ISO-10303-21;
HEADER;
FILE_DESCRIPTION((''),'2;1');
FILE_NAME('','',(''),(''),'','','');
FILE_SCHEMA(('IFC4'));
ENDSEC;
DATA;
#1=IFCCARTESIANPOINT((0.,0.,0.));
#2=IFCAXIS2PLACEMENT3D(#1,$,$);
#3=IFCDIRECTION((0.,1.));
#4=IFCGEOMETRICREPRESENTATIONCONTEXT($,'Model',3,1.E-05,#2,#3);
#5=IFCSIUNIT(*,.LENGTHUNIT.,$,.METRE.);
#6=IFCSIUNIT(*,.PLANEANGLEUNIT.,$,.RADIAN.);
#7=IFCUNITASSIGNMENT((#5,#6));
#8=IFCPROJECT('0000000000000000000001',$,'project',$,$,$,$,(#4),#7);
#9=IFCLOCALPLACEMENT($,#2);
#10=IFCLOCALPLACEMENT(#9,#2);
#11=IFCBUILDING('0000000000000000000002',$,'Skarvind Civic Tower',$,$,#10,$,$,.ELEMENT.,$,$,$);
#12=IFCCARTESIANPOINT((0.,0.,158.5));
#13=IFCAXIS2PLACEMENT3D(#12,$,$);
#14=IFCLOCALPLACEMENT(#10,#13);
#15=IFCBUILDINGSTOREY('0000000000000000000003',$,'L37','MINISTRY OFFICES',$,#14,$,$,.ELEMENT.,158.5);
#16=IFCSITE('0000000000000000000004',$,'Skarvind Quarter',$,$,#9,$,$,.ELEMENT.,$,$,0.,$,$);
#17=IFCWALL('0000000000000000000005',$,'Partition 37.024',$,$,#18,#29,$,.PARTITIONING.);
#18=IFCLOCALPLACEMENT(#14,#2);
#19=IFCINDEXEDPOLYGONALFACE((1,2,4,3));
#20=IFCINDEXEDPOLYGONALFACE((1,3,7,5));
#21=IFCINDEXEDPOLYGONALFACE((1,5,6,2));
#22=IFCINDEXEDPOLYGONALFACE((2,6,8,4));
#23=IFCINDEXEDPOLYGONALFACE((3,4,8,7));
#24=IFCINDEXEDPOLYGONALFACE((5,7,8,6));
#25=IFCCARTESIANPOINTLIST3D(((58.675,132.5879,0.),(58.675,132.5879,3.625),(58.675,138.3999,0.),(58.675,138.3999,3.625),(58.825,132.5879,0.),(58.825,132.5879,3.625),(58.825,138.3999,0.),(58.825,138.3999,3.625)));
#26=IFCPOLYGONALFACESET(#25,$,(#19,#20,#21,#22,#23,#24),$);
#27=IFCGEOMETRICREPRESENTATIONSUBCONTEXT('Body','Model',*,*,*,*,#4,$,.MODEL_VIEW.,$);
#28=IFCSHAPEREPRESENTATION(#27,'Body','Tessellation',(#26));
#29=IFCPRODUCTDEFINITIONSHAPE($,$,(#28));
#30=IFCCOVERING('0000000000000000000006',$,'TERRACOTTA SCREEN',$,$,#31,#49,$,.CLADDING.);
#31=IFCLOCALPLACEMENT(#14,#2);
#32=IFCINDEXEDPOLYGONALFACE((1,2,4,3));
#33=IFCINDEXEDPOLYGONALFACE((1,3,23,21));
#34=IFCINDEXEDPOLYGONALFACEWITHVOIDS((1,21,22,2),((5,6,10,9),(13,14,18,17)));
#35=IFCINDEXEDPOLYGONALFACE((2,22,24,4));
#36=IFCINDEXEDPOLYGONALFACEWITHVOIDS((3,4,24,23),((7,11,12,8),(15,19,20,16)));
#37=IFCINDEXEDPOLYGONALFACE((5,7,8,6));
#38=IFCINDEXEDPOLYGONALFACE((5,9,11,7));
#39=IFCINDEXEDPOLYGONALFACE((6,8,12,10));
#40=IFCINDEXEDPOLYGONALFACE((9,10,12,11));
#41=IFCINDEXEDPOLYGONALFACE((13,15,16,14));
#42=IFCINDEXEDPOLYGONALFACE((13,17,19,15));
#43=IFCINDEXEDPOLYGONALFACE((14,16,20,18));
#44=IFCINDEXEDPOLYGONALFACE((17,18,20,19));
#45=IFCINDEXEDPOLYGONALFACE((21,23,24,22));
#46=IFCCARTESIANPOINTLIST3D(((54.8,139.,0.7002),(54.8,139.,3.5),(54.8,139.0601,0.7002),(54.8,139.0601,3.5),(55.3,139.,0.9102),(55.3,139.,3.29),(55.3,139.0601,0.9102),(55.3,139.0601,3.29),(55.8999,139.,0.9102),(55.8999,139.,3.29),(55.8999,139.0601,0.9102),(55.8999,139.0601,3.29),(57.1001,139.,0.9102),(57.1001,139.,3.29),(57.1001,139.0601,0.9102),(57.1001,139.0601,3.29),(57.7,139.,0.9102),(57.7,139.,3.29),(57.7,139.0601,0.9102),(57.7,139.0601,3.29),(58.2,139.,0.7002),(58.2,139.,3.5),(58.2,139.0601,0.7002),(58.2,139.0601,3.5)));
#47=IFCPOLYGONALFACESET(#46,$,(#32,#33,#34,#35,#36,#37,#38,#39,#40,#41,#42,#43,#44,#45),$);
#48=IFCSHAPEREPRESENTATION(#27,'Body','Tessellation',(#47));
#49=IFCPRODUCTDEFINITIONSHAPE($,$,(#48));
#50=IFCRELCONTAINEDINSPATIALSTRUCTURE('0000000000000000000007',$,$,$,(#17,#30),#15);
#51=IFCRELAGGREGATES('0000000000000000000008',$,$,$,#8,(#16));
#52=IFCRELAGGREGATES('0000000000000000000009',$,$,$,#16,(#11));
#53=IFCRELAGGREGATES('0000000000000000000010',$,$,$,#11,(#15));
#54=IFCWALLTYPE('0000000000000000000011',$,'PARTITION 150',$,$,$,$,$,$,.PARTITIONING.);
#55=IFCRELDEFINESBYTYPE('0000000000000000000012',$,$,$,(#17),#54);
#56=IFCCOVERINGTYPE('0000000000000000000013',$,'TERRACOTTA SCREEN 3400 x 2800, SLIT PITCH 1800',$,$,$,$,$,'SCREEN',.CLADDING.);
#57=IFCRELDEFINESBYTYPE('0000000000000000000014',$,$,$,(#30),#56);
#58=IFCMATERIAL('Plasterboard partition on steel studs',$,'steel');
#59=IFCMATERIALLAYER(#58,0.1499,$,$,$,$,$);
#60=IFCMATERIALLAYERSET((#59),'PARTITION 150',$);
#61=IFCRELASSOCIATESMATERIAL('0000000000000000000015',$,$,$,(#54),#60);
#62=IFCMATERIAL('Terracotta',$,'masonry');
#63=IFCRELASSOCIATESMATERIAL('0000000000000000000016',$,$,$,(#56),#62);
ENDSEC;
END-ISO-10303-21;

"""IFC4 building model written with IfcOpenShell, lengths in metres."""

from ifc_helpers import new_model, si_unit, direction, frame, frame_2d, origin, place, context, subcontext, project, spatial, polyline, rectangle, outline, extrude, material, layer, layer_set, material_profile, profile_set, type_object, element, save


model = new_model("IFC4")

# Units and contexts
model_context = context("Model", 3, precision=1e-05, world=origin(), true_north=direction((0.0, 1.0)))
body_context = subcontext(model_context, "Body", "Model", "MODEL_VIEW")
ifc_project = project(units=[si_unit("LENGTHUNIT", "METRE"), si_unit("PLANEANGLEUNIT", "RADIAN")], contexts=[model_context])

# Site, building, storey
site_placement = place(None, origin())
site = spatial("IfcSite", under=ifc_project, at=site_placement, Name="Skarvind Quarter", CompositionType="ELEMENT", RefElevation=0.0)
building_placement = place(site_placement, origin())
building = spatial("IfcBuilding", under=site, at=building_placement, Name="Skarvind Civic Tower", CompositionType="ELEMENT")
storey_placement = place(building_placement, frame((0.0, 0.0, 158.5)))
storey = spatial("IfcBuildingStorey", under=building, at=storey_placement, Name="L37", Description="MINISTRY OFFICES", CompositionType="ELEMENT", Elevation=158.5)

# Shared definitions
ifc_material_1 = material(Name="Plasterboard partition on steel studs", Category="steel")
ifc_layer_1 = layer(ifc_material_1, 0.1499)
ifc_layer_set_1 = layer_set([ifc_layer_1], Name="PARTITION 150")
wall_type_1 = type_object("IfcWallType", Name="PARTITION 150", PredefinedType="PARTITIONING", material=ifc_layer_set_1)

# Wall
wall_1_placement = place(storey_placement, frame((58.75, 132.5879, 0.0), z_axis=(0.0, 0.0, 1.0), x_axis=(0.0, 1.0, 0.0)))
element("IfcWall", 1, at=wall_1_placement, inside=storey, type_object=wall_type_1, Name="Partition 37.024", PredefinedType="PARTITIONING", context=body_context, shape_type="SweptSolid", body=[
    extrude(rectangle(XDim=5.812, YDim=0.1499, at=frame_2d((2.906, 0.0))), origin(), (0.0, 0.0, 1.0), 3.625),
])

# Covering
ifc_material_2 = material(Name="Terracotta", Category="masonry")
ifc_material_profile_1 = material_profile(ifc_material_2, outline(polyline([(-1.7, -1.3999), (1.7, -1.3999), (1.7, 1.3999), (-1.7, 1.3999), (-1.7, -1.3999)]), holes=[polyline([(-1.2, -1.1899), (-0.6001, -1.1899), (-0.6001, 1.1899), (-1.2, 1.1899), (-1.2, -1.1899)]), polyline([(0.6001, -1.1899), (1.2, -1.1899), (1.2, 1.1899), (0.6001, 1.1899), (0.6001, -1.1899)])]), Name="TERRACOTTA SCREEN 3400 x 2800, SLIT PITCH 1800")
ifc_profile_set_1 = profile_set([ifc_material_profile_1], Name="Terracotta")
covering_type = type_object("IfcCoveringType", Name="TERRACOTTA SCREEN 3400 x 2800, SLIT PITCH 1800", ElementType="SCREEN", PredefinedType="CLADDING", material=ifc_profile_set_1)
covering_placement = place(storey_placement, frame((56.5, 139.0, 2.1001), z_axis=(0.0, 1.0, 0.0), x_axis=(-1.0, 0.0, 0.0)))
element("IfcCovering", 2, at=covering_placement, inside=storey, type_object=covering_type, Name="TERRACOTTA SCREEN", PredefinedType="CLADDING", context=body_context, shape_type="SweptSolid", body=[
    extrude(outline(polyline([(-1.7, -1.3999), (1.7, -1.3999), (1.7, 1.3999), (-1.7, 1.3999), (-1.7, -1.3999)]), holes=[polyline([(-1.2, -1.1899), (-0.6001, -1.1899), (-0.6001, 1.1899), (-1.2, 1.1899), (-1.2, -1.1899)]), polyline([(0.6001, -1.1899), (1.2, -1.1899), (1.2, 1.1899), (0.6001, 1.1899), (0.6001, -1.1899)])]), origin(), (0.0, 0.0, 1.0), 0.0601),
])

save(model, "model.ifc")
